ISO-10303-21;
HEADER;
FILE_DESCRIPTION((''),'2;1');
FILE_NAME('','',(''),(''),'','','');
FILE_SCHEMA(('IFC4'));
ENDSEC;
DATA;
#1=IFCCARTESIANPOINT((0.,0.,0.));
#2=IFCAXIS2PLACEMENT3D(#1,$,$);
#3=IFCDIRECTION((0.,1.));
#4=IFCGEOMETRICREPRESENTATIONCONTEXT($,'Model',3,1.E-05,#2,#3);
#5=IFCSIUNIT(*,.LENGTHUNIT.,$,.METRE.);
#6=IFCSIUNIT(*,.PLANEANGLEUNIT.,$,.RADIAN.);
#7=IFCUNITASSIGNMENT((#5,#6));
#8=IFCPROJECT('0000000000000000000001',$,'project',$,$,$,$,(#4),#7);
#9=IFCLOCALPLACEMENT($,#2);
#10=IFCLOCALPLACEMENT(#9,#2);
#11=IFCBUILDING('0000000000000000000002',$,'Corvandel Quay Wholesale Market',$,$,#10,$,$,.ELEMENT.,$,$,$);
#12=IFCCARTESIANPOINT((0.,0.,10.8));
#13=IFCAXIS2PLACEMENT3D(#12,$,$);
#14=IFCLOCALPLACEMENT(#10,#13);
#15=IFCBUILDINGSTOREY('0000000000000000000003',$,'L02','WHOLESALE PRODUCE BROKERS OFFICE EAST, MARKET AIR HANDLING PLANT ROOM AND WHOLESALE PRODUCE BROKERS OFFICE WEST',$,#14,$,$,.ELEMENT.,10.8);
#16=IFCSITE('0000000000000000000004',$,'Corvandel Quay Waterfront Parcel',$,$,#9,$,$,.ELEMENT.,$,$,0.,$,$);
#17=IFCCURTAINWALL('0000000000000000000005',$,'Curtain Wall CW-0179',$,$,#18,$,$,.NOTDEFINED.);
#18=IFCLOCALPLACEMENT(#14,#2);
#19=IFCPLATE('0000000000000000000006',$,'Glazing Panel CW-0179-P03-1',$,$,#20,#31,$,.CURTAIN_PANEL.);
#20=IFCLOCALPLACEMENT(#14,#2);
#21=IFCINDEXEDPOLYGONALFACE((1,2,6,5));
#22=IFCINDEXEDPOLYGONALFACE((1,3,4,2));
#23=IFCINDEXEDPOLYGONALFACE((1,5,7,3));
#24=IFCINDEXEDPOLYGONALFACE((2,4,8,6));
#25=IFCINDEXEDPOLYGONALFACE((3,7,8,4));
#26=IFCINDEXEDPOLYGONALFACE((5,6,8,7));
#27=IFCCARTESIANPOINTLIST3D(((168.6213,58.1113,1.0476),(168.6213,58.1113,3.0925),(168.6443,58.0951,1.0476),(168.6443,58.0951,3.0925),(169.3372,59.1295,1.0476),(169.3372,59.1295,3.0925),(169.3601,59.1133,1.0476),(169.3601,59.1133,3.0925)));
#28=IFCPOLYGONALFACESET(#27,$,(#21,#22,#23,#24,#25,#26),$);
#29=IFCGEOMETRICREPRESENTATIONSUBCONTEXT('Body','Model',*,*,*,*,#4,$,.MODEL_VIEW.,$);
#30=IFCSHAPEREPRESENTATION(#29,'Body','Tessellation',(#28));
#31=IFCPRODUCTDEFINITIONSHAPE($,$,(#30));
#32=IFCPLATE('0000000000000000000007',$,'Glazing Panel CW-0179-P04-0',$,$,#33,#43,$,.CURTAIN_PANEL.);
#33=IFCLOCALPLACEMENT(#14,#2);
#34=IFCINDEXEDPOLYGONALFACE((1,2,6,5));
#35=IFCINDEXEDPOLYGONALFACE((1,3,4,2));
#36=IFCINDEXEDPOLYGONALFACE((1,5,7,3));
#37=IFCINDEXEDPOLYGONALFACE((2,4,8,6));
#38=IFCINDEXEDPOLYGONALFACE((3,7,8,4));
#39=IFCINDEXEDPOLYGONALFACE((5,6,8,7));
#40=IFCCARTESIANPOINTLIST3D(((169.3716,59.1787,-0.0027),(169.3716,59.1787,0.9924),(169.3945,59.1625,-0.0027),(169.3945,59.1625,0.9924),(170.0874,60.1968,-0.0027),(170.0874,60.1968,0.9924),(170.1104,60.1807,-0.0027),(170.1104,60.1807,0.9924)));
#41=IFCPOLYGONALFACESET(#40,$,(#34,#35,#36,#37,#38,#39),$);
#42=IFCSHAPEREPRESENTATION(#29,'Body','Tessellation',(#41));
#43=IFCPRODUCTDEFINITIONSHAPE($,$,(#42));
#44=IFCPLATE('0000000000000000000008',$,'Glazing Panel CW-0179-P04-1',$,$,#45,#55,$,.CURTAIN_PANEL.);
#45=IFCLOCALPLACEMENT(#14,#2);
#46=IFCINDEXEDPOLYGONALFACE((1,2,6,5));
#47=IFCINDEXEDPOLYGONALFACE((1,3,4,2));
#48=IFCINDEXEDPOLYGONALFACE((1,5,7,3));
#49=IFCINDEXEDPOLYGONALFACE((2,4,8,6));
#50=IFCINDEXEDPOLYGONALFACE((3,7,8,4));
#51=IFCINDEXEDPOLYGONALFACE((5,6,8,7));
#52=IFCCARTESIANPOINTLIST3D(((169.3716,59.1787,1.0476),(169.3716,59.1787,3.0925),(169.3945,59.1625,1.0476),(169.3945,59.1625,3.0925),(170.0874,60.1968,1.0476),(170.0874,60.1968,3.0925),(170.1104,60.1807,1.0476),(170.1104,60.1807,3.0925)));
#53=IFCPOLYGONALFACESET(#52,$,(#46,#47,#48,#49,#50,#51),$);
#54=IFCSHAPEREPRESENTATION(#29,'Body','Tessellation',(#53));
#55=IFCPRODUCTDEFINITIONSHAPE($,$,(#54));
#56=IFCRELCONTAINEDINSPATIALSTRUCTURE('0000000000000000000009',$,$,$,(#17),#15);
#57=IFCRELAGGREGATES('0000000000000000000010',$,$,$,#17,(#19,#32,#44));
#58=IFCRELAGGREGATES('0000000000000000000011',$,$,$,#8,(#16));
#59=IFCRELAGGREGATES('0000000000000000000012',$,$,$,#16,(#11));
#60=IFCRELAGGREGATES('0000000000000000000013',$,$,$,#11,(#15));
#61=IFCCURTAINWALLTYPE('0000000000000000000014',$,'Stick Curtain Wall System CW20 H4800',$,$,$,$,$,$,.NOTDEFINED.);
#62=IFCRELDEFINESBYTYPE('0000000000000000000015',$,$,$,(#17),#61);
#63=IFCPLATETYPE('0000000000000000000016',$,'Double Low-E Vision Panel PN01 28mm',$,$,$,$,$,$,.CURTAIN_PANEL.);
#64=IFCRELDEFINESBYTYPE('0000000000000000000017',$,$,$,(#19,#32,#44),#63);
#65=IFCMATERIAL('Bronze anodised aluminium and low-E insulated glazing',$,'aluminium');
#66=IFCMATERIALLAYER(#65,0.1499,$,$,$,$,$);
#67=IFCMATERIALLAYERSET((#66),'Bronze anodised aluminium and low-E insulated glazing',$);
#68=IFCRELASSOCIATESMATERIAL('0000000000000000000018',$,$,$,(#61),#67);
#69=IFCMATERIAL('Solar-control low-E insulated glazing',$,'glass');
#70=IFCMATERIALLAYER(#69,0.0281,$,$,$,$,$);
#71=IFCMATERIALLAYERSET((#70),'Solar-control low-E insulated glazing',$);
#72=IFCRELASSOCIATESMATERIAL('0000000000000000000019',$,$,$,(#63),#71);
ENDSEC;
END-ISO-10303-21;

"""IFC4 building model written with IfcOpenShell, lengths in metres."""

from ifc_helpers import new_model, si_unit, direction, frame, origin, origin_2d, place, context, subcontext, project, spatial, rectangle, extrude, material, layer, layer_set, type_object, element, aggregate, save


model = new_model("IFC4")

# Units and contexts
model_context = context("Model", 3, precision=1e-05, world=origin(), true_north=direction((0.0, 1.0)))
body_context = subcontext(model_context, "Body", "Model", "MODEL_VIEW")
ifc_project = project(units=[si_unit("LENGTHUNIT", "METRE"), si_unit("PLANEANGLEUNIT", "RADIAN")], contexts=[model_context])

# Site, building, storey
site_placement = place(None, origin())
site = spatial("IfcSite", under=ifc_project, at=site_placement, Name="Corvandel Quay Waterfront Parcel", CompositionType="ELEMENT", RefElevation=0.0)
building_placement = place(site_placement, origin())
building = spatial("IfcBuilding", under=site, at=building_placement, Name="Corvandel Quay Wholesale Market", CompositionType="ELEMENT")
storey_placement = place(building_placement, frame((0.0, 0.0, 10.8)))
storey = spatial("IfcBuildingStorey", under=building, at=storey_placement, Name="L02", Description="WHOLESALE PRODUCE BROKERS OFFICE EAST, MARKET AIR HANDLING PLANT ROOM AND WHOLESALE PRODUCE BROKERS OFFICE WEST", CompositionType="ELEMENT", Elevation=10.8)

# Shared definitions
ifc_material_1 = material(Name="Bronze anodised aluminium and low-E insulated glazing", Category="aluminium")

# Curtain wall
ifc_layer_1 = layer(ifc_material_1, 0.1499)
ifc_layer_set_1 = layer_set([ifc_layer_1], Name="Bronze anodised aluminium and low-E insulated glazing")
curtain_wall_type_1 = type_object("IfcCurtainWallType", Name="Stick Curtain Wall System CW20 H4800", PredefinedType="NOTDEFINED", material=ifc_layer_set_1)
curtain_wall_1_placement = place(storey_placement, origin())
curtain_wall_1 = element("IfcCurtainWall", 1, at=curtain_wall_1_placement, inside=storey, type_object=curtain_wall_type_1, Name="Curtain Wall CW-0179", PredefinedType="NOTDEFINED")

# Plates
ifc_material_2 = material(Name="Solar-control low-E insulated glazing", Category="glass")
ifc_layer_2 = layer(ifc_material_2, 0.0281)
ifc_layer_set_2 = layer_set([ifc_layer_2], Name="Solar-control low-E insulated glazing")
plate_type_1 = type_object("IfcPlateType", Name="Double Low-E Vision Panel PN01 28mm", PredefinedType="CURTAIN_PANEL", material=ifc_layer_set_2)
plate_1_placement = place(storey_placement, frame((168.9907, 58.6123, 1.0476), z_axis=(0.0, 0.0, 1.0), x_axis=(0.575148, 0.818049, 0.0)))
plate_1 = element("IfcPlate", 2, at=plate_1_placement, type_object=plate_type_1, Name="Glazing Panel CW-0179-P03-1", PredefinedType="CURTAIN_PANEL", context=body_context, shape_type="SweptSolid", body=[
    extrude(rectangle(XDim=1.2446, YDim=0.0281, at=origin_2d()), origin(), (0.0, 0.0, 1.0), 2.0449),
])
plate_2_placement = place(storey_placement, frame((169.741, 59.6797, -0.0027), z_axis=(0.0, 0.0, 1.0), x_axis=(0.575148, 0.818049, 0.0)))
plate_2 = element("IfcPlate", 3, at=plate_2_placement, type_object=plate_type_1, Name="Glazing Panel CW-0179-P04-0", PredefinedType="CURTAIN_PANEL", context=body_context, shape_type="SweptSolid", body=[
    extrude(rectangle(XDim=1.2446, YDim=0.0281, at=origin_2d()), origin(), (0.0, 0.0, 1.0), 0.9951),
])
plate_3_placement = place(storey_placement, frame((169.741, 59.6797, 1.0476), z_axis=(0.0, 0.0, 1.0), x_axis=(0.575148, 0.818049, 0.0)))
plate_3 = element("IfcPlate", 4, at=plate_3_placement, type_object=plate_type_1, Name="Glazing Panel CW-0179-P04-1", PredefinedType="CURTAIN_PANEL", context=body_context, shape_type="SweptSolid", body=[
    extrude(rectangle(XDim=1.2446, YDim=0.0281, at=origin_2d()), origin(), (0.0, 0.0, 1.0), 2.0449),
])
aggregate(curtain_wall_1, [plate_1, plate_2, plate_3])

save(model, "model.ifc")
